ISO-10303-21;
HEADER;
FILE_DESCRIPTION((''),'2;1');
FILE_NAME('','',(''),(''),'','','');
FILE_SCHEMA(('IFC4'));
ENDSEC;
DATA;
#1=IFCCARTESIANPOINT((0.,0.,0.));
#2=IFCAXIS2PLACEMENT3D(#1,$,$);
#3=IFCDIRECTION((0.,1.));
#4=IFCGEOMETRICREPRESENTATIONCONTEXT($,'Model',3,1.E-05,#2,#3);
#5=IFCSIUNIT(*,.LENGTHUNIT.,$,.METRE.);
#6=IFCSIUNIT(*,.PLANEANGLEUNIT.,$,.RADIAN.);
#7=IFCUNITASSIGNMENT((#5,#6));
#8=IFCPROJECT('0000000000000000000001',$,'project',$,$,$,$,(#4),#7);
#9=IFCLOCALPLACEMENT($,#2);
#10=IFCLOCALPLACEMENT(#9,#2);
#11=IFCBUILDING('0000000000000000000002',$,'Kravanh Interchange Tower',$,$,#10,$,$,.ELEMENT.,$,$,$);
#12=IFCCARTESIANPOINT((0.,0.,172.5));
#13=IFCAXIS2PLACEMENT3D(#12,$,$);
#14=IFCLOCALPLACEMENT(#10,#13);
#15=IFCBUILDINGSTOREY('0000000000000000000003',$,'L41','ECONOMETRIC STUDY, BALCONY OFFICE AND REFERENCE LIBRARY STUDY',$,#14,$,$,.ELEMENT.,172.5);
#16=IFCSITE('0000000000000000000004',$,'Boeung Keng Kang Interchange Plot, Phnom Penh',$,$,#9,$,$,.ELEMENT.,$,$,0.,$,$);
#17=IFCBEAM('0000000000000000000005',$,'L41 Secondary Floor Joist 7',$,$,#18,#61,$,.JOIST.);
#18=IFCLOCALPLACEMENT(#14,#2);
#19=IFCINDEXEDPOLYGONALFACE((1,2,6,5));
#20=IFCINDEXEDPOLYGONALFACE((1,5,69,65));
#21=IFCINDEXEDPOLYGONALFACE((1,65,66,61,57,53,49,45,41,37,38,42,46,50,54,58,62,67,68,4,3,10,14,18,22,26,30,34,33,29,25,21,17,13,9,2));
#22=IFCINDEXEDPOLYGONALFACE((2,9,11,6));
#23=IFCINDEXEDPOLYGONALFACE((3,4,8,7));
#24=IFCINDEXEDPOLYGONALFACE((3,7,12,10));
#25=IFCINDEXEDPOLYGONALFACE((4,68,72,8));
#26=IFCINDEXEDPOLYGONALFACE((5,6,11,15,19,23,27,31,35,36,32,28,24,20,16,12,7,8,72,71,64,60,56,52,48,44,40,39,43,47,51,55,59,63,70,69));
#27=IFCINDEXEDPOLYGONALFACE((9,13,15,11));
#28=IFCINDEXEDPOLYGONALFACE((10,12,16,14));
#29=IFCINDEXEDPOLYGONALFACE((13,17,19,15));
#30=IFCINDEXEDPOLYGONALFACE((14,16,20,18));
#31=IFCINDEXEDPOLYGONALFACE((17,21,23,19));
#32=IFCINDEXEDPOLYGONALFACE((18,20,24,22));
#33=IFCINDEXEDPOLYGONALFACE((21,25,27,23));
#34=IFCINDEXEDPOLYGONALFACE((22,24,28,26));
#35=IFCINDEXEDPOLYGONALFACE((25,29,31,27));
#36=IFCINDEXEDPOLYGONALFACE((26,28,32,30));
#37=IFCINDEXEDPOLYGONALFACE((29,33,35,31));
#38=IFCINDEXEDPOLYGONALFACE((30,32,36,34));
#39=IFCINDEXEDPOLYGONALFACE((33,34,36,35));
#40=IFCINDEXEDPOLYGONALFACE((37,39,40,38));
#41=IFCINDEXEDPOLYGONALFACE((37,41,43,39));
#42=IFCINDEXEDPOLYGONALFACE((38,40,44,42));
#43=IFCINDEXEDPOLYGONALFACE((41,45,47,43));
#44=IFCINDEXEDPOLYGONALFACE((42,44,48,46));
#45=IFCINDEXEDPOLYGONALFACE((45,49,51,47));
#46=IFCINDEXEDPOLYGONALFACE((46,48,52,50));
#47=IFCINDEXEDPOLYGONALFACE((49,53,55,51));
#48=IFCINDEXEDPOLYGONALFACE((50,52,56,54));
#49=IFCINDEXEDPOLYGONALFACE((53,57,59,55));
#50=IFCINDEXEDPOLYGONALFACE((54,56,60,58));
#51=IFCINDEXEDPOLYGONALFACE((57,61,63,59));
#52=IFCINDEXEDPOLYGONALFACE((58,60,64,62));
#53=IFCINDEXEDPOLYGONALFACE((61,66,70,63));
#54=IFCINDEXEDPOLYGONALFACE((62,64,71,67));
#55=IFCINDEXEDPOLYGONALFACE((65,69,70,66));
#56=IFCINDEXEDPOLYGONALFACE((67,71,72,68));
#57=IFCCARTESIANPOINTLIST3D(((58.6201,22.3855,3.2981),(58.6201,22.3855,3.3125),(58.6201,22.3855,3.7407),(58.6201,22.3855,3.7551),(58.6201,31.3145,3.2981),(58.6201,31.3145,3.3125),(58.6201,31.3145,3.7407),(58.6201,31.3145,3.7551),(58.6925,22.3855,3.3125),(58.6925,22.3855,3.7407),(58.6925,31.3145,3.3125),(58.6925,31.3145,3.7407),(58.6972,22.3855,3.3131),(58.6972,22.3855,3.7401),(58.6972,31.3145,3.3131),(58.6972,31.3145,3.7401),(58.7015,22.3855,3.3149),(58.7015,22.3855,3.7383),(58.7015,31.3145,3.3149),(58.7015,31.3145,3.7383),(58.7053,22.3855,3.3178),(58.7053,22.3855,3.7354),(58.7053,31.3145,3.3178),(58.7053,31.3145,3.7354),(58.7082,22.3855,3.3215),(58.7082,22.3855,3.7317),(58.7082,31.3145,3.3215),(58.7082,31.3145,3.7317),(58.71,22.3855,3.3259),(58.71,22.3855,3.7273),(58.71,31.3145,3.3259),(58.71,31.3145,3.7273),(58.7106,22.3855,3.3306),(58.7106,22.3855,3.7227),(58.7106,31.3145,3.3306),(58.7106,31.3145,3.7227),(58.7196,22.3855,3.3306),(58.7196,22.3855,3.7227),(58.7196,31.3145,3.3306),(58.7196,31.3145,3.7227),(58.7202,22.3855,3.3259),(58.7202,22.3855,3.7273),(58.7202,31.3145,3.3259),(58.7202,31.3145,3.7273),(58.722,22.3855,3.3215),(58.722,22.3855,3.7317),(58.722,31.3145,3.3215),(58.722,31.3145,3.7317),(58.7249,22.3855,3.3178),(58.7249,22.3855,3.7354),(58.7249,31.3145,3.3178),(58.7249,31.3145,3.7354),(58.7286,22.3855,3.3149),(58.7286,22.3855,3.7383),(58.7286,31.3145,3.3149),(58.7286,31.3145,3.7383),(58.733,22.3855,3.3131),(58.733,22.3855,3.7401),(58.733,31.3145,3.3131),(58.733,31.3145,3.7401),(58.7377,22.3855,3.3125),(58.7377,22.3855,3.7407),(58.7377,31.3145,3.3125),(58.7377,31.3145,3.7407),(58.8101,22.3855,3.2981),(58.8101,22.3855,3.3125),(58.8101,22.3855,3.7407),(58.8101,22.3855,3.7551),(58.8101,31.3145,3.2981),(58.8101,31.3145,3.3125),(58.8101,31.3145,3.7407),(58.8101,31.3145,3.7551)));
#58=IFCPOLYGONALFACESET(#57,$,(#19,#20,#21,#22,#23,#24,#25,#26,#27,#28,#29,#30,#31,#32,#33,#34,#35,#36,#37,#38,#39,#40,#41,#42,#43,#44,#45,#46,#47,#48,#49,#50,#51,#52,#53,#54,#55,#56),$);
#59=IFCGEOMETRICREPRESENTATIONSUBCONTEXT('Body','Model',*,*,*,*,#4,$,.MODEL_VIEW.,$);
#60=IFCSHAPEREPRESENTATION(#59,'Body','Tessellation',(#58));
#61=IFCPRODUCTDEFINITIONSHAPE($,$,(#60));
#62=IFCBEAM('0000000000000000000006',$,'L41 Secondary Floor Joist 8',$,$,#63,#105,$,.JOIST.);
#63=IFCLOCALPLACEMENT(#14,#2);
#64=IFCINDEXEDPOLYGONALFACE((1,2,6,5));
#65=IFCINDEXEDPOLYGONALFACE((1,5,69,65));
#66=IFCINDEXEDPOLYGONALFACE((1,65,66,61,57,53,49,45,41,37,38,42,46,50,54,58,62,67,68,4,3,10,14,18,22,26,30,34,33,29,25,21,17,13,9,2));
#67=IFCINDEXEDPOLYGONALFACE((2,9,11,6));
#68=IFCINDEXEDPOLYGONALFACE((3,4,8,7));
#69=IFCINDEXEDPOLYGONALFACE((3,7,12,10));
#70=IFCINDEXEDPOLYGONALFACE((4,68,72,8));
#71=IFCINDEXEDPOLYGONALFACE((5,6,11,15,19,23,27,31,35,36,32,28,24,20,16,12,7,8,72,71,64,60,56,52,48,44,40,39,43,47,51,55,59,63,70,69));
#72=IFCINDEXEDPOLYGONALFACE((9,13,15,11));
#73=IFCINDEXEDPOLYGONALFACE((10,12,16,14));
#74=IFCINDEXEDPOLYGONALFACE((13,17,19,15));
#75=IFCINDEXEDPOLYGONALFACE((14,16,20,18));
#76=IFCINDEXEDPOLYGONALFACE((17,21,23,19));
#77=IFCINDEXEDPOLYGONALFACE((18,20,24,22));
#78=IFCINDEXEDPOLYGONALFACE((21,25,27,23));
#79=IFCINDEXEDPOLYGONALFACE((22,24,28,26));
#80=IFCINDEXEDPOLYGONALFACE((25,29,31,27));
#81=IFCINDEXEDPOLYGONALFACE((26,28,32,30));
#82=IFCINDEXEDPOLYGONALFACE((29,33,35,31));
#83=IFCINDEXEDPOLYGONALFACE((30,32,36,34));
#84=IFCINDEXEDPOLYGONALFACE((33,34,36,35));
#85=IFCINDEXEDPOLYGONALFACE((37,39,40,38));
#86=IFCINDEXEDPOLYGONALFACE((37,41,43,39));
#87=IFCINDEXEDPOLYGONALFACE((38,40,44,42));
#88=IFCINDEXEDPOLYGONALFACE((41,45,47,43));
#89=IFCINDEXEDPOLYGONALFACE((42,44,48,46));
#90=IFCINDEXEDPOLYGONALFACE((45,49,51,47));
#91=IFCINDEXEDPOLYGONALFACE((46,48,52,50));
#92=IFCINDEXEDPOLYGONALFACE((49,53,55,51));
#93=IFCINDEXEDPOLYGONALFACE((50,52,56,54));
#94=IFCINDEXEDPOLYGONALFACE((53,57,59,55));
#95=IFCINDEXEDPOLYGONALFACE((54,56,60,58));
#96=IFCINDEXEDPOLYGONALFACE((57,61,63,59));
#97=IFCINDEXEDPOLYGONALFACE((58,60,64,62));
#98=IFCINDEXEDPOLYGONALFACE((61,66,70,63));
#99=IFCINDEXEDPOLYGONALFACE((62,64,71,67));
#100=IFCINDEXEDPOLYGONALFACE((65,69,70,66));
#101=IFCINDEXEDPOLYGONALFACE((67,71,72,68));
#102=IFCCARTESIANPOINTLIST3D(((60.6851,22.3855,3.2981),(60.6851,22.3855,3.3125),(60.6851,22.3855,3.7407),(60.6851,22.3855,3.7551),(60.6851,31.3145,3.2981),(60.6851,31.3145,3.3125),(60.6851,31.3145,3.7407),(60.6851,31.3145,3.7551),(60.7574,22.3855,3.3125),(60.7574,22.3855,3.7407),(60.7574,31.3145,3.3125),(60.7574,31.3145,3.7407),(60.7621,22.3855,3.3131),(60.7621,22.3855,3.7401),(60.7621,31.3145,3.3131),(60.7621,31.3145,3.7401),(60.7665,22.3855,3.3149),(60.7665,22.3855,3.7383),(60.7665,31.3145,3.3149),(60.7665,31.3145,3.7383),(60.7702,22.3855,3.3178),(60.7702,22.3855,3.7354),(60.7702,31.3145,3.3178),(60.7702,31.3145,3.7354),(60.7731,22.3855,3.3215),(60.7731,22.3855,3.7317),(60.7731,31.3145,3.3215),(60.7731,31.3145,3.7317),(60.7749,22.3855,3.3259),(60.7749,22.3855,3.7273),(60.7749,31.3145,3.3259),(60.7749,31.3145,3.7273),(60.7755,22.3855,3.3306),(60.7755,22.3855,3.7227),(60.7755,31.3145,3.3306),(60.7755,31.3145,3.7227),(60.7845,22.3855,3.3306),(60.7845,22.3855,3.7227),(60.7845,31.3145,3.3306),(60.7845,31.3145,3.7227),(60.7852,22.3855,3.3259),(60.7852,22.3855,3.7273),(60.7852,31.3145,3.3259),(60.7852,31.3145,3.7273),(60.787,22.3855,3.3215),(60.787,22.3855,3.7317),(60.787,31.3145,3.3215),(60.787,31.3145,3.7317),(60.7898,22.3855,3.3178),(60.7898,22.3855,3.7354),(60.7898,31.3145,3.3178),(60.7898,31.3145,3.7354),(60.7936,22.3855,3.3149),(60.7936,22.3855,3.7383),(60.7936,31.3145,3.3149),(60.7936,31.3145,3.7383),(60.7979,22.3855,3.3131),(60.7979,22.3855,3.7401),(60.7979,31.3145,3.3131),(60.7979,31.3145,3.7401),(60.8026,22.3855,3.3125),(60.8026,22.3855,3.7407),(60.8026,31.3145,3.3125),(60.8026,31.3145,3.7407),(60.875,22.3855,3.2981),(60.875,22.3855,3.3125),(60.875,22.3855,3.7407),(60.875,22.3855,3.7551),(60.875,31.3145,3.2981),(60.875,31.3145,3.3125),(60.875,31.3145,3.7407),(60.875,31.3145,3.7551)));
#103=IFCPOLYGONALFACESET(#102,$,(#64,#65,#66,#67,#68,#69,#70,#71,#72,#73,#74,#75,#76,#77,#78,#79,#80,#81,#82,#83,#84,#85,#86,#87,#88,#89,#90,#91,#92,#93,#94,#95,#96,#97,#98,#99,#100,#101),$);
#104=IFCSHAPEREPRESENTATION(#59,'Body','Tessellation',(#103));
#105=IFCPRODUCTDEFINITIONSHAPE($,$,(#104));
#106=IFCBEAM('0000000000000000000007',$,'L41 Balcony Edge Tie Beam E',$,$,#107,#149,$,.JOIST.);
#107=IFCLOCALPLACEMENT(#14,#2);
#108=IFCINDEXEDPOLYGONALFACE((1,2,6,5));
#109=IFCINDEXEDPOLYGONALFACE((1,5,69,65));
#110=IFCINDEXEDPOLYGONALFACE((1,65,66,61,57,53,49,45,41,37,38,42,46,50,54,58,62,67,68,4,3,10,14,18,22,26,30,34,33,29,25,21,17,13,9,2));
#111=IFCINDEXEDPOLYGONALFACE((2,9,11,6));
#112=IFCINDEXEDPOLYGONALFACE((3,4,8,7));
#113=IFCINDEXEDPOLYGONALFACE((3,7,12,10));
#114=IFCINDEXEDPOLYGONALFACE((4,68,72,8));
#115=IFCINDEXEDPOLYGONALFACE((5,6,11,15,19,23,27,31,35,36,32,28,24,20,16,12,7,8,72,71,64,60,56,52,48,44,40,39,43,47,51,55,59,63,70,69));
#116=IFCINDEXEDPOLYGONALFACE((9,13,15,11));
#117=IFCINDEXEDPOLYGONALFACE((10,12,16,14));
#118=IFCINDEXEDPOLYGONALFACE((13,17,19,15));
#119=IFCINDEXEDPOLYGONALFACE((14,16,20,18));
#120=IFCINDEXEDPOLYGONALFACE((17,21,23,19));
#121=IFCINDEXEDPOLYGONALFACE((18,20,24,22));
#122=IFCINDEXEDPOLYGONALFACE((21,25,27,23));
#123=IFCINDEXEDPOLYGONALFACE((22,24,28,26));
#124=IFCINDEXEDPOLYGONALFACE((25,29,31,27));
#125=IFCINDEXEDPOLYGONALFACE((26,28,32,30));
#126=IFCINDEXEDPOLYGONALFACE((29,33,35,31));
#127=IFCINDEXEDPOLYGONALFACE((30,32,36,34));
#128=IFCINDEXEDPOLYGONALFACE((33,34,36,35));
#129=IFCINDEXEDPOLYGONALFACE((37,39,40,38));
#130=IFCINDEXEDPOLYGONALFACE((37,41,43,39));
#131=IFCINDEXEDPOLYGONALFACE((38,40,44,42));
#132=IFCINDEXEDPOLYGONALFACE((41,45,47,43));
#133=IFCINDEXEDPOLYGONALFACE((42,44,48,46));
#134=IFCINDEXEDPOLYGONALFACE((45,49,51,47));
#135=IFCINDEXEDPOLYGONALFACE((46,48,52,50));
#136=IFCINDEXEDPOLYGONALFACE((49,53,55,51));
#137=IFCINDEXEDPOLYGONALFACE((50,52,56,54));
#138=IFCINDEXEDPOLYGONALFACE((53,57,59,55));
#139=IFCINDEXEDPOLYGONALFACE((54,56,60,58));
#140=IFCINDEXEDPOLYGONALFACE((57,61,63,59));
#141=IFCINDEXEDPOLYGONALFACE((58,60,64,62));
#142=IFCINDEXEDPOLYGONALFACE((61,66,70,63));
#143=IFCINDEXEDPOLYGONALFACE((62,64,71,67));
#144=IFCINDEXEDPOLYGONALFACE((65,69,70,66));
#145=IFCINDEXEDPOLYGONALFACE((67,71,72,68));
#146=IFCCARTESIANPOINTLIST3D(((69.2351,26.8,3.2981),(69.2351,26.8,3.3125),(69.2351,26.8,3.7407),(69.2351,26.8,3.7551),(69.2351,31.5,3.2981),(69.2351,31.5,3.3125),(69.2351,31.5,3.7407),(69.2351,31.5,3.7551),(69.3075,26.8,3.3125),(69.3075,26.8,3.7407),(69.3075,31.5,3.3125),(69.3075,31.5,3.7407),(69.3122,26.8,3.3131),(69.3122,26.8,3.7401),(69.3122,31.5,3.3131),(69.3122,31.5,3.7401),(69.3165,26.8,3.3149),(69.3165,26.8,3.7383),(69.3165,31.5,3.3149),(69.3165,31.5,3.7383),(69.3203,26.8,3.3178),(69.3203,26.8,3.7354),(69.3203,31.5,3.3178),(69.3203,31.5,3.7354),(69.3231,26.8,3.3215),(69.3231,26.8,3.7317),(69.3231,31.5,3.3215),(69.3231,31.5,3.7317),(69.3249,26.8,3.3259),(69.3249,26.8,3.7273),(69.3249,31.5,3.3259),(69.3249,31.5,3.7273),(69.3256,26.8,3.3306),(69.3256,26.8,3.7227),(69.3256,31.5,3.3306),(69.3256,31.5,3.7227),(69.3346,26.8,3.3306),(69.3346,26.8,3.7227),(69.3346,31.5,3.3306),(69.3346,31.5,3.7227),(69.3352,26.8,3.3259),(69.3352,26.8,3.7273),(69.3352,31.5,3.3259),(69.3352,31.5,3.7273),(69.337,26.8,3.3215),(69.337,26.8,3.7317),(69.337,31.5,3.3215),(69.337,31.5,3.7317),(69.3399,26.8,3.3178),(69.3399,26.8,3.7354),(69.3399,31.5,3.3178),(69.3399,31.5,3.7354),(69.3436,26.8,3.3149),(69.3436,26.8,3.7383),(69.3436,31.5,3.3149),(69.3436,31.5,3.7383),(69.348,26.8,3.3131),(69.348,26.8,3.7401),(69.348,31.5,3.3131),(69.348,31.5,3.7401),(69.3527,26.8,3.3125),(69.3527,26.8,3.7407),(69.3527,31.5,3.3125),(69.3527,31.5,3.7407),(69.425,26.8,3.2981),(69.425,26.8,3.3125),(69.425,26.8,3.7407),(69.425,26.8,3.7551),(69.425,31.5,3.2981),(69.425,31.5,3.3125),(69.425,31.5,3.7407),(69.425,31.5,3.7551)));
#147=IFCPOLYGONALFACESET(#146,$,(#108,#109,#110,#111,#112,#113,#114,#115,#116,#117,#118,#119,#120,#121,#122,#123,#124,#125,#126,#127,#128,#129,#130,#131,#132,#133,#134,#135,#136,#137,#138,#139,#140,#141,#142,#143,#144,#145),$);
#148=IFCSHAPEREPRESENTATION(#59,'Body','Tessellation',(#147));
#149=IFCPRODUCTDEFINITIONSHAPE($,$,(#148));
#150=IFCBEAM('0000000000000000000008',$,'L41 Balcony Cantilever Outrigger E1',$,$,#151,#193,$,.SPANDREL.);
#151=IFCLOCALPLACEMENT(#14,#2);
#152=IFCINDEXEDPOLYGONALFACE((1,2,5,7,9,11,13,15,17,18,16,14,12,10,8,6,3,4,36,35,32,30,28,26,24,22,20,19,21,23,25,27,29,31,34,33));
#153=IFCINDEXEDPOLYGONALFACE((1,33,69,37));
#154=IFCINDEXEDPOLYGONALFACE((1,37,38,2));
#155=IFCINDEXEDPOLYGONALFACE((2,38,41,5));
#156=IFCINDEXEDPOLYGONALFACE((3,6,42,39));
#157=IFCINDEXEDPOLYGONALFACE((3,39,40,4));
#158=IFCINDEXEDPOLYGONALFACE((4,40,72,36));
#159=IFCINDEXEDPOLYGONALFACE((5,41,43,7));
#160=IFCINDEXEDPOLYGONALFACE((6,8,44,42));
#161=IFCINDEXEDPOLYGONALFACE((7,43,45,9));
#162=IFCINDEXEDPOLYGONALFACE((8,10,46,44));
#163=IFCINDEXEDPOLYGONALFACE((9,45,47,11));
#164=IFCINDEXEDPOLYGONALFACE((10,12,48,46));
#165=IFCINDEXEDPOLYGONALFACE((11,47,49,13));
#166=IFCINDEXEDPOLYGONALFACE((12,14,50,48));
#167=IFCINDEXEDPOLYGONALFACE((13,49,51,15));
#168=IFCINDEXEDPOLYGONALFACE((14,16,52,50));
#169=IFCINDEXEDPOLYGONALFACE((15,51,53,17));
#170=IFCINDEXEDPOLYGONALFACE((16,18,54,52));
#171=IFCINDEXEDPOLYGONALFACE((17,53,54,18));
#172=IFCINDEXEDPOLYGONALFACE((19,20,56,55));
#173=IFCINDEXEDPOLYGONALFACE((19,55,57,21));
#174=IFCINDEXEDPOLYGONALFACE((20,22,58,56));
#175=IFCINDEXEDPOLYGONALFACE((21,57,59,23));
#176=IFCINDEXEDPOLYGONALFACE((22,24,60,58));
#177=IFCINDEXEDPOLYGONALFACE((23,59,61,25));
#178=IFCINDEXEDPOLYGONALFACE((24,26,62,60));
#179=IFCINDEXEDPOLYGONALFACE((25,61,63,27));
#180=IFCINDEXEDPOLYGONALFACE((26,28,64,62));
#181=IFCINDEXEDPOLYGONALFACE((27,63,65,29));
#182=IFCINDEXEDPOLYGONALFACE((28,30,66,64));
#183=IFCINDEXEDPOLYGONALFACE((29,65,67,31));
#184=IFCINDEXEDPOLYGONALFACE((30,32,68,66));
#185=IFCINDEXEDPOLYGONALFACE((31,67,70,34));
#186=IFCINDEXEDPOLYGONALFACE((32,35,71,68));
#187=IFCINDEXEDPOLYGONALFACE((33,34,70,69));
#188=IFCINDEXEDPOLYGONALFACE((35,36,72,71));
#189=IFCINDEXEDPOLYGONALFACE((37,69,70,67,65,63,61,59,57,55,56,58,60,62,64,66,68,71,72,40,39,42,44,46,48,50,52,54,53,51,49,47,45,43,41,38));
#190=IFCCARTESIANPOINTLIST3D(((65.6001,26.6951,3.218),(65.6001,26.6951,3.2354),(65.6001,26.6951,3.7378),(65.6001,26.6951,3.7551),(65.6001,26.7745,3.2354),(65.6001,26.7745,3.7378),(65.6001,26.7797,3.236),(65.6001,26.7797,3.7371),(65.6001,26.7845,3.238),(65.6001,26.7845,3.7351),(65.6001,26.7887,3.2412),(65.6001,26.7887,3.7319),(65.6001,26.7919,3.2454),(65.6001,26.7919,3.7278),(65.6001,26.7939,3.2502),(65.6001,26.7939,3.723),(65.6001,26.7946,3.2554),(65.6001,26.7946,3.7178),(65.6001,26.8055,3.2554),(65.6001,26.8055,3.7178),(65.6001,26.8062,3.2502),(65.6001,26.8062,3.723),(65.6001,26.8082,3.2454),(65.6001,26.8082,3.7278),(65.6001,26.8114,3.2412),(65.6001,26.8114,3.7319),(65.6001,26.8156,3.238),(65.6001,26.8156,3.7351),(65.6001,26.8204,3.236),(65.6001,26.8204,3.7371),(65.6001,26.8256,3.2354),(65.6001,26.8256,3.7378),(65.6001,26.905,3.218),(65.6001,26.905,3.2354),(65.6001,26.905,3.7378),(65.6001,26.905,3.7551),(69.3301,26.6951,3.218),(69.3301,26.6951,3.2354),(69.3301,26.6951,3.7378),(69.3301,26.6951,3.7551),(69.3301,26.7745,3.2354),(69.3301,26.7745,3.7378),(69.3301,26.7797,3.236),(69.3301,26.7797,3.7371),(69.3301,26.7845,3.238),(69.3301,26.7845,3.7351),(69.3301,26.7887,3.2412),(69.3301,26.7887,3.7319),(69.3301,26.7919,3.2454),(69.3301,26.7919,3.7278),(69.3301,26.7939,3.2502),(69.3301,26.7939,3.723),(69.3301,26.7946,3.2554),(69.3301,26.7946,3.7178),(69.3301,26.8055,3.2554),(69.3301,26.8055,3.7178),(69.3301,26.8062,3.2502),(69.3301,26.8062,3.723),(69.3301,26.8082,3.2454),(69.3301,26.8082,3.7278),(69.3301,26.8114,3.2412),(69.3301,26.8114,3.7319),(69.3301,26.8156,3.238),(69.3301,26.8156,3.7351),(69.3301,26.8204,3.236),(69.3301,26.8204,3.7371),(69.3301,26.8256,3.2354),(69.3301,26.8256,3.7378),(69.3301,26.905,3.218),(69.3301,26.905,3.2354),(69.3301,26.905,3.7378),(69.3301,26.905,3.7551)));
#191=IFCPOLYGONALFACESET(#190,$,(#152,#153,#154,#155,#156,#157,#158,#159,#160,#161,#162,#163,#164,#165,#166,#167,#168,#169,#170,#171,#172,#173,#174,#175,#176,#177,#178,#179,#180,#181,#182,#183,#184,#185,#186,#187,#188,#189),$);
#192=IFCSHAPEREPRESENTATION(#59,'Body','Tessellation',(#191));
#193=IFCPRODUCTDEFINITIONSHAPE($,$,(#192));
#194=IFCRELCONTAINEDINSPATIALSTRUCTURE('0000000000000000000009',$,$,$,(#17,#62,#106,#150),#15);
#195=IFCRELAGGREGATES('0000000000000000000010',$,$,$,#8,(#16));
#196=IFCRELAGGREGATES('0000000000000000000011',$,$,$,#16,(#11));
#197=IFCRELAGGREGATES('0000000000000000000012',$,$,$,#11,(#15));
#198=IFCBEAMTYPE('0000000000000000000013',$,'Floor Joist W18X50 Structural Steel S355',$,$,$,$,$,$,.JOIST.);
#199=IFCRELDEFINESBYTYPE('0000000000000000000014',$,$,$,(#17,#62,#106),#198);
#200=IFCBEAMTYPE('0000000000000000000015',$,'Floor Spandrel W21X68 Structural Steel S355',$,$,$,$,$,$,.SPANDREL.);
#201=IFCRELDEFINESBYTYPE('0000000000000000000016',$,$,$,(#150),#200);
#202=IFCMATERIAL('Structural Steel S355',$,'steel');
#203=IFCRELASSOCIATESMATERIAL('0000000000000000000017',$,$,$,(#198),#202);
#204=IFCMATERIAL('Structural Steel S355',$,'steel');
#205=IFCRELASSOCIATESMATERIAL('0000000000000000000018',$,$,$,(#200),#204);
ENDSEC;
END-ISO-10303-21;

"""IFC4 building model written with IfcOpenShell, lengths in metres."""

from ifc_helpers import new_model, si_unit, direction, frame, origin, origin_2d, place, context, subcontext, project, spatial, i_section, extrude, material, material_profile, profile_set, type_object, element, save


model = new_model("IFC4")

# Units and contexts
model_context = context("Model", 3, precision=1e-05, world=origin(), true_north=direction((0.0, 1.0)))
body_context = subcontext(model_context, "Body", "Model", "MODEL_VIEW")
ifc_project = project(units=[si_unit("LENGTHUNIT", "METRE"), si_unit("PLANEANGLEUNIT", "RADIAN")], contexts=[model_context])

# Site, building, storey
site_placement = place(None, origin())
site = spatial("IfcSite", under=ifc_project, at=site_placement, Name="Boeung Keng Kang Interchange Plot, Phnom Penh", CompositionType="ELEMENT", RefElevation=0.0)
building_placement = place(site_placement, origin())
building = spatial("IfcBuilding", under=site, at=building_placement, Name="Kravanh Interchange Tower", CompositionType="ELEMENT")
storey_placement = place(building_placement, frame((0.0, 0.0, 172.5)))
storey = spatial("IfcBuildingStorey", under=building, at=storey_placement, Name="L41", Description="ECONOMETRIC STUDY, BALCONY OFFICE AND REFERENCE LIBRARY STUDY", CompositionType="ELEMENT", Elevation=172.5)

# Beams
ifc_material_1 = material(Name="Structural Steel S355", Category="steel")
ifc_material_profile_1 = material_profile(ifc_material_1, i_section(OverallWidth=0.1899, OverallDepth=0.457, WebThickness=0.009, FlangeThickness=0.0144, FilletRadius=0.0181, at=origin_2d()), Name="W18X50")
ifc_profile_set_1 = profile_set([ifc_material_profile_1], Name="Structural Steel S355")
beam_type_1 = type_object("IfcBeamType", Name="Floor Joist W18X50 Structural Steel S355", PredefinedType="JOIST", material=ifc_profile_set_1)
for number, where, z_axis, x_axis, name in (
    (1, (58.7151, 22.3855, 3.5266), (0.0, 1.0, 0.0), (-1.0, 0.0, 0.0), "L41 Secondary Floor Joist 7"),
    (2, (60.78, 22.3855, 3.5266), (0.0, 1.0, 0.0), (-1.0, 0.0, 0.0), "L41 Secondary Floor Joist 8"),
):
    element("IfcBeam", number, at=place(storey_placement, frame(where, z_axis=z_axis, x_axis=x_axis)), inside=storey, type_object=beam_type_1, Name=name, PredefinedType="JOIST", context=body_context, shape_type="SweptSolid", body=[
        extrude(i_section(OverallWidth=0.1899, OverallDepth=0.457, WebThickness=0.009, FlangeThickness=0.0144, FilletRadius=0.0181, at=origin_2d()), origin(), (0.0, 0.0, 1.0), 8.929),
    ])
beam_1_placement = place(storey_placement, frame((69.3301, 26.8, 3.5266), z_axis=(0.0, 1.0, 0.0), x_axis=(-1.0, 0.0, 0.0)))
element("IfcBeam", 3, at=beam_1_placement, inside=storey, type_object=beam_type_1, Name="L41 Balcony Edge Tie Beam E", PredefinedType="JOIST", context=body_context, shape_type="SweptSolid", body=[
    extrude(i_section(OverallWidth=0.1899, OverallDepth=0.457, WebThickness=0.009, FlangeThickness=0.0144, FilletRadius=0.0181, at=origin_2d()), origin(), (0.0, 0.0, 1.0), 4.7),
])
ifc_material_2 = material(Name="Structural Steel S355", Category="steel")
ifc_material_profile_2 = material_profile(ifc_material_2, i_section(OverallWidth=0.21, OverallDepth=0.5371, WebThickness=0.011, FlangeThickness=0.0173, FilletRadius=0.02, at=origin_2d()), Name="W21X68")
ifc_profile_set_2 = profile_set([ifc_material_profile_2], Name="Structural Steel S355")
beam_type_2 = type_object("IfcBeamType", Name="Floor Spandrel W21X68 Structural Steel S355", PredefinedType="SPANDREL", material=ifc_profile_set_2)
beam_2_placement = place(storey_placement, frame((65.6001, 26.8, 3.4866), z_axis=(1.0, 0.0, 0.0), x_axis=(0.0, 1.0, 0.0)))
element("IfcBeam", 4, at=beam_2_placement, inside=storey, type_object=beam_type_2, Name="L41 Balcony Cantilever Outrigger E1", PredefinedType="SPANDREL", context=body_context, shape_type="SweptSolid", body=[
    extrude(i_section(OverallWidth=0.21, OverallDepth=0.5371, WebThickness=0.011, FlangeThickness=0.0173, FilletRadius=0.02, at=origin_2d()), origin(), (0.0, 0.0, 1.0), 3.73),
])

save(model, "model.ifc")
